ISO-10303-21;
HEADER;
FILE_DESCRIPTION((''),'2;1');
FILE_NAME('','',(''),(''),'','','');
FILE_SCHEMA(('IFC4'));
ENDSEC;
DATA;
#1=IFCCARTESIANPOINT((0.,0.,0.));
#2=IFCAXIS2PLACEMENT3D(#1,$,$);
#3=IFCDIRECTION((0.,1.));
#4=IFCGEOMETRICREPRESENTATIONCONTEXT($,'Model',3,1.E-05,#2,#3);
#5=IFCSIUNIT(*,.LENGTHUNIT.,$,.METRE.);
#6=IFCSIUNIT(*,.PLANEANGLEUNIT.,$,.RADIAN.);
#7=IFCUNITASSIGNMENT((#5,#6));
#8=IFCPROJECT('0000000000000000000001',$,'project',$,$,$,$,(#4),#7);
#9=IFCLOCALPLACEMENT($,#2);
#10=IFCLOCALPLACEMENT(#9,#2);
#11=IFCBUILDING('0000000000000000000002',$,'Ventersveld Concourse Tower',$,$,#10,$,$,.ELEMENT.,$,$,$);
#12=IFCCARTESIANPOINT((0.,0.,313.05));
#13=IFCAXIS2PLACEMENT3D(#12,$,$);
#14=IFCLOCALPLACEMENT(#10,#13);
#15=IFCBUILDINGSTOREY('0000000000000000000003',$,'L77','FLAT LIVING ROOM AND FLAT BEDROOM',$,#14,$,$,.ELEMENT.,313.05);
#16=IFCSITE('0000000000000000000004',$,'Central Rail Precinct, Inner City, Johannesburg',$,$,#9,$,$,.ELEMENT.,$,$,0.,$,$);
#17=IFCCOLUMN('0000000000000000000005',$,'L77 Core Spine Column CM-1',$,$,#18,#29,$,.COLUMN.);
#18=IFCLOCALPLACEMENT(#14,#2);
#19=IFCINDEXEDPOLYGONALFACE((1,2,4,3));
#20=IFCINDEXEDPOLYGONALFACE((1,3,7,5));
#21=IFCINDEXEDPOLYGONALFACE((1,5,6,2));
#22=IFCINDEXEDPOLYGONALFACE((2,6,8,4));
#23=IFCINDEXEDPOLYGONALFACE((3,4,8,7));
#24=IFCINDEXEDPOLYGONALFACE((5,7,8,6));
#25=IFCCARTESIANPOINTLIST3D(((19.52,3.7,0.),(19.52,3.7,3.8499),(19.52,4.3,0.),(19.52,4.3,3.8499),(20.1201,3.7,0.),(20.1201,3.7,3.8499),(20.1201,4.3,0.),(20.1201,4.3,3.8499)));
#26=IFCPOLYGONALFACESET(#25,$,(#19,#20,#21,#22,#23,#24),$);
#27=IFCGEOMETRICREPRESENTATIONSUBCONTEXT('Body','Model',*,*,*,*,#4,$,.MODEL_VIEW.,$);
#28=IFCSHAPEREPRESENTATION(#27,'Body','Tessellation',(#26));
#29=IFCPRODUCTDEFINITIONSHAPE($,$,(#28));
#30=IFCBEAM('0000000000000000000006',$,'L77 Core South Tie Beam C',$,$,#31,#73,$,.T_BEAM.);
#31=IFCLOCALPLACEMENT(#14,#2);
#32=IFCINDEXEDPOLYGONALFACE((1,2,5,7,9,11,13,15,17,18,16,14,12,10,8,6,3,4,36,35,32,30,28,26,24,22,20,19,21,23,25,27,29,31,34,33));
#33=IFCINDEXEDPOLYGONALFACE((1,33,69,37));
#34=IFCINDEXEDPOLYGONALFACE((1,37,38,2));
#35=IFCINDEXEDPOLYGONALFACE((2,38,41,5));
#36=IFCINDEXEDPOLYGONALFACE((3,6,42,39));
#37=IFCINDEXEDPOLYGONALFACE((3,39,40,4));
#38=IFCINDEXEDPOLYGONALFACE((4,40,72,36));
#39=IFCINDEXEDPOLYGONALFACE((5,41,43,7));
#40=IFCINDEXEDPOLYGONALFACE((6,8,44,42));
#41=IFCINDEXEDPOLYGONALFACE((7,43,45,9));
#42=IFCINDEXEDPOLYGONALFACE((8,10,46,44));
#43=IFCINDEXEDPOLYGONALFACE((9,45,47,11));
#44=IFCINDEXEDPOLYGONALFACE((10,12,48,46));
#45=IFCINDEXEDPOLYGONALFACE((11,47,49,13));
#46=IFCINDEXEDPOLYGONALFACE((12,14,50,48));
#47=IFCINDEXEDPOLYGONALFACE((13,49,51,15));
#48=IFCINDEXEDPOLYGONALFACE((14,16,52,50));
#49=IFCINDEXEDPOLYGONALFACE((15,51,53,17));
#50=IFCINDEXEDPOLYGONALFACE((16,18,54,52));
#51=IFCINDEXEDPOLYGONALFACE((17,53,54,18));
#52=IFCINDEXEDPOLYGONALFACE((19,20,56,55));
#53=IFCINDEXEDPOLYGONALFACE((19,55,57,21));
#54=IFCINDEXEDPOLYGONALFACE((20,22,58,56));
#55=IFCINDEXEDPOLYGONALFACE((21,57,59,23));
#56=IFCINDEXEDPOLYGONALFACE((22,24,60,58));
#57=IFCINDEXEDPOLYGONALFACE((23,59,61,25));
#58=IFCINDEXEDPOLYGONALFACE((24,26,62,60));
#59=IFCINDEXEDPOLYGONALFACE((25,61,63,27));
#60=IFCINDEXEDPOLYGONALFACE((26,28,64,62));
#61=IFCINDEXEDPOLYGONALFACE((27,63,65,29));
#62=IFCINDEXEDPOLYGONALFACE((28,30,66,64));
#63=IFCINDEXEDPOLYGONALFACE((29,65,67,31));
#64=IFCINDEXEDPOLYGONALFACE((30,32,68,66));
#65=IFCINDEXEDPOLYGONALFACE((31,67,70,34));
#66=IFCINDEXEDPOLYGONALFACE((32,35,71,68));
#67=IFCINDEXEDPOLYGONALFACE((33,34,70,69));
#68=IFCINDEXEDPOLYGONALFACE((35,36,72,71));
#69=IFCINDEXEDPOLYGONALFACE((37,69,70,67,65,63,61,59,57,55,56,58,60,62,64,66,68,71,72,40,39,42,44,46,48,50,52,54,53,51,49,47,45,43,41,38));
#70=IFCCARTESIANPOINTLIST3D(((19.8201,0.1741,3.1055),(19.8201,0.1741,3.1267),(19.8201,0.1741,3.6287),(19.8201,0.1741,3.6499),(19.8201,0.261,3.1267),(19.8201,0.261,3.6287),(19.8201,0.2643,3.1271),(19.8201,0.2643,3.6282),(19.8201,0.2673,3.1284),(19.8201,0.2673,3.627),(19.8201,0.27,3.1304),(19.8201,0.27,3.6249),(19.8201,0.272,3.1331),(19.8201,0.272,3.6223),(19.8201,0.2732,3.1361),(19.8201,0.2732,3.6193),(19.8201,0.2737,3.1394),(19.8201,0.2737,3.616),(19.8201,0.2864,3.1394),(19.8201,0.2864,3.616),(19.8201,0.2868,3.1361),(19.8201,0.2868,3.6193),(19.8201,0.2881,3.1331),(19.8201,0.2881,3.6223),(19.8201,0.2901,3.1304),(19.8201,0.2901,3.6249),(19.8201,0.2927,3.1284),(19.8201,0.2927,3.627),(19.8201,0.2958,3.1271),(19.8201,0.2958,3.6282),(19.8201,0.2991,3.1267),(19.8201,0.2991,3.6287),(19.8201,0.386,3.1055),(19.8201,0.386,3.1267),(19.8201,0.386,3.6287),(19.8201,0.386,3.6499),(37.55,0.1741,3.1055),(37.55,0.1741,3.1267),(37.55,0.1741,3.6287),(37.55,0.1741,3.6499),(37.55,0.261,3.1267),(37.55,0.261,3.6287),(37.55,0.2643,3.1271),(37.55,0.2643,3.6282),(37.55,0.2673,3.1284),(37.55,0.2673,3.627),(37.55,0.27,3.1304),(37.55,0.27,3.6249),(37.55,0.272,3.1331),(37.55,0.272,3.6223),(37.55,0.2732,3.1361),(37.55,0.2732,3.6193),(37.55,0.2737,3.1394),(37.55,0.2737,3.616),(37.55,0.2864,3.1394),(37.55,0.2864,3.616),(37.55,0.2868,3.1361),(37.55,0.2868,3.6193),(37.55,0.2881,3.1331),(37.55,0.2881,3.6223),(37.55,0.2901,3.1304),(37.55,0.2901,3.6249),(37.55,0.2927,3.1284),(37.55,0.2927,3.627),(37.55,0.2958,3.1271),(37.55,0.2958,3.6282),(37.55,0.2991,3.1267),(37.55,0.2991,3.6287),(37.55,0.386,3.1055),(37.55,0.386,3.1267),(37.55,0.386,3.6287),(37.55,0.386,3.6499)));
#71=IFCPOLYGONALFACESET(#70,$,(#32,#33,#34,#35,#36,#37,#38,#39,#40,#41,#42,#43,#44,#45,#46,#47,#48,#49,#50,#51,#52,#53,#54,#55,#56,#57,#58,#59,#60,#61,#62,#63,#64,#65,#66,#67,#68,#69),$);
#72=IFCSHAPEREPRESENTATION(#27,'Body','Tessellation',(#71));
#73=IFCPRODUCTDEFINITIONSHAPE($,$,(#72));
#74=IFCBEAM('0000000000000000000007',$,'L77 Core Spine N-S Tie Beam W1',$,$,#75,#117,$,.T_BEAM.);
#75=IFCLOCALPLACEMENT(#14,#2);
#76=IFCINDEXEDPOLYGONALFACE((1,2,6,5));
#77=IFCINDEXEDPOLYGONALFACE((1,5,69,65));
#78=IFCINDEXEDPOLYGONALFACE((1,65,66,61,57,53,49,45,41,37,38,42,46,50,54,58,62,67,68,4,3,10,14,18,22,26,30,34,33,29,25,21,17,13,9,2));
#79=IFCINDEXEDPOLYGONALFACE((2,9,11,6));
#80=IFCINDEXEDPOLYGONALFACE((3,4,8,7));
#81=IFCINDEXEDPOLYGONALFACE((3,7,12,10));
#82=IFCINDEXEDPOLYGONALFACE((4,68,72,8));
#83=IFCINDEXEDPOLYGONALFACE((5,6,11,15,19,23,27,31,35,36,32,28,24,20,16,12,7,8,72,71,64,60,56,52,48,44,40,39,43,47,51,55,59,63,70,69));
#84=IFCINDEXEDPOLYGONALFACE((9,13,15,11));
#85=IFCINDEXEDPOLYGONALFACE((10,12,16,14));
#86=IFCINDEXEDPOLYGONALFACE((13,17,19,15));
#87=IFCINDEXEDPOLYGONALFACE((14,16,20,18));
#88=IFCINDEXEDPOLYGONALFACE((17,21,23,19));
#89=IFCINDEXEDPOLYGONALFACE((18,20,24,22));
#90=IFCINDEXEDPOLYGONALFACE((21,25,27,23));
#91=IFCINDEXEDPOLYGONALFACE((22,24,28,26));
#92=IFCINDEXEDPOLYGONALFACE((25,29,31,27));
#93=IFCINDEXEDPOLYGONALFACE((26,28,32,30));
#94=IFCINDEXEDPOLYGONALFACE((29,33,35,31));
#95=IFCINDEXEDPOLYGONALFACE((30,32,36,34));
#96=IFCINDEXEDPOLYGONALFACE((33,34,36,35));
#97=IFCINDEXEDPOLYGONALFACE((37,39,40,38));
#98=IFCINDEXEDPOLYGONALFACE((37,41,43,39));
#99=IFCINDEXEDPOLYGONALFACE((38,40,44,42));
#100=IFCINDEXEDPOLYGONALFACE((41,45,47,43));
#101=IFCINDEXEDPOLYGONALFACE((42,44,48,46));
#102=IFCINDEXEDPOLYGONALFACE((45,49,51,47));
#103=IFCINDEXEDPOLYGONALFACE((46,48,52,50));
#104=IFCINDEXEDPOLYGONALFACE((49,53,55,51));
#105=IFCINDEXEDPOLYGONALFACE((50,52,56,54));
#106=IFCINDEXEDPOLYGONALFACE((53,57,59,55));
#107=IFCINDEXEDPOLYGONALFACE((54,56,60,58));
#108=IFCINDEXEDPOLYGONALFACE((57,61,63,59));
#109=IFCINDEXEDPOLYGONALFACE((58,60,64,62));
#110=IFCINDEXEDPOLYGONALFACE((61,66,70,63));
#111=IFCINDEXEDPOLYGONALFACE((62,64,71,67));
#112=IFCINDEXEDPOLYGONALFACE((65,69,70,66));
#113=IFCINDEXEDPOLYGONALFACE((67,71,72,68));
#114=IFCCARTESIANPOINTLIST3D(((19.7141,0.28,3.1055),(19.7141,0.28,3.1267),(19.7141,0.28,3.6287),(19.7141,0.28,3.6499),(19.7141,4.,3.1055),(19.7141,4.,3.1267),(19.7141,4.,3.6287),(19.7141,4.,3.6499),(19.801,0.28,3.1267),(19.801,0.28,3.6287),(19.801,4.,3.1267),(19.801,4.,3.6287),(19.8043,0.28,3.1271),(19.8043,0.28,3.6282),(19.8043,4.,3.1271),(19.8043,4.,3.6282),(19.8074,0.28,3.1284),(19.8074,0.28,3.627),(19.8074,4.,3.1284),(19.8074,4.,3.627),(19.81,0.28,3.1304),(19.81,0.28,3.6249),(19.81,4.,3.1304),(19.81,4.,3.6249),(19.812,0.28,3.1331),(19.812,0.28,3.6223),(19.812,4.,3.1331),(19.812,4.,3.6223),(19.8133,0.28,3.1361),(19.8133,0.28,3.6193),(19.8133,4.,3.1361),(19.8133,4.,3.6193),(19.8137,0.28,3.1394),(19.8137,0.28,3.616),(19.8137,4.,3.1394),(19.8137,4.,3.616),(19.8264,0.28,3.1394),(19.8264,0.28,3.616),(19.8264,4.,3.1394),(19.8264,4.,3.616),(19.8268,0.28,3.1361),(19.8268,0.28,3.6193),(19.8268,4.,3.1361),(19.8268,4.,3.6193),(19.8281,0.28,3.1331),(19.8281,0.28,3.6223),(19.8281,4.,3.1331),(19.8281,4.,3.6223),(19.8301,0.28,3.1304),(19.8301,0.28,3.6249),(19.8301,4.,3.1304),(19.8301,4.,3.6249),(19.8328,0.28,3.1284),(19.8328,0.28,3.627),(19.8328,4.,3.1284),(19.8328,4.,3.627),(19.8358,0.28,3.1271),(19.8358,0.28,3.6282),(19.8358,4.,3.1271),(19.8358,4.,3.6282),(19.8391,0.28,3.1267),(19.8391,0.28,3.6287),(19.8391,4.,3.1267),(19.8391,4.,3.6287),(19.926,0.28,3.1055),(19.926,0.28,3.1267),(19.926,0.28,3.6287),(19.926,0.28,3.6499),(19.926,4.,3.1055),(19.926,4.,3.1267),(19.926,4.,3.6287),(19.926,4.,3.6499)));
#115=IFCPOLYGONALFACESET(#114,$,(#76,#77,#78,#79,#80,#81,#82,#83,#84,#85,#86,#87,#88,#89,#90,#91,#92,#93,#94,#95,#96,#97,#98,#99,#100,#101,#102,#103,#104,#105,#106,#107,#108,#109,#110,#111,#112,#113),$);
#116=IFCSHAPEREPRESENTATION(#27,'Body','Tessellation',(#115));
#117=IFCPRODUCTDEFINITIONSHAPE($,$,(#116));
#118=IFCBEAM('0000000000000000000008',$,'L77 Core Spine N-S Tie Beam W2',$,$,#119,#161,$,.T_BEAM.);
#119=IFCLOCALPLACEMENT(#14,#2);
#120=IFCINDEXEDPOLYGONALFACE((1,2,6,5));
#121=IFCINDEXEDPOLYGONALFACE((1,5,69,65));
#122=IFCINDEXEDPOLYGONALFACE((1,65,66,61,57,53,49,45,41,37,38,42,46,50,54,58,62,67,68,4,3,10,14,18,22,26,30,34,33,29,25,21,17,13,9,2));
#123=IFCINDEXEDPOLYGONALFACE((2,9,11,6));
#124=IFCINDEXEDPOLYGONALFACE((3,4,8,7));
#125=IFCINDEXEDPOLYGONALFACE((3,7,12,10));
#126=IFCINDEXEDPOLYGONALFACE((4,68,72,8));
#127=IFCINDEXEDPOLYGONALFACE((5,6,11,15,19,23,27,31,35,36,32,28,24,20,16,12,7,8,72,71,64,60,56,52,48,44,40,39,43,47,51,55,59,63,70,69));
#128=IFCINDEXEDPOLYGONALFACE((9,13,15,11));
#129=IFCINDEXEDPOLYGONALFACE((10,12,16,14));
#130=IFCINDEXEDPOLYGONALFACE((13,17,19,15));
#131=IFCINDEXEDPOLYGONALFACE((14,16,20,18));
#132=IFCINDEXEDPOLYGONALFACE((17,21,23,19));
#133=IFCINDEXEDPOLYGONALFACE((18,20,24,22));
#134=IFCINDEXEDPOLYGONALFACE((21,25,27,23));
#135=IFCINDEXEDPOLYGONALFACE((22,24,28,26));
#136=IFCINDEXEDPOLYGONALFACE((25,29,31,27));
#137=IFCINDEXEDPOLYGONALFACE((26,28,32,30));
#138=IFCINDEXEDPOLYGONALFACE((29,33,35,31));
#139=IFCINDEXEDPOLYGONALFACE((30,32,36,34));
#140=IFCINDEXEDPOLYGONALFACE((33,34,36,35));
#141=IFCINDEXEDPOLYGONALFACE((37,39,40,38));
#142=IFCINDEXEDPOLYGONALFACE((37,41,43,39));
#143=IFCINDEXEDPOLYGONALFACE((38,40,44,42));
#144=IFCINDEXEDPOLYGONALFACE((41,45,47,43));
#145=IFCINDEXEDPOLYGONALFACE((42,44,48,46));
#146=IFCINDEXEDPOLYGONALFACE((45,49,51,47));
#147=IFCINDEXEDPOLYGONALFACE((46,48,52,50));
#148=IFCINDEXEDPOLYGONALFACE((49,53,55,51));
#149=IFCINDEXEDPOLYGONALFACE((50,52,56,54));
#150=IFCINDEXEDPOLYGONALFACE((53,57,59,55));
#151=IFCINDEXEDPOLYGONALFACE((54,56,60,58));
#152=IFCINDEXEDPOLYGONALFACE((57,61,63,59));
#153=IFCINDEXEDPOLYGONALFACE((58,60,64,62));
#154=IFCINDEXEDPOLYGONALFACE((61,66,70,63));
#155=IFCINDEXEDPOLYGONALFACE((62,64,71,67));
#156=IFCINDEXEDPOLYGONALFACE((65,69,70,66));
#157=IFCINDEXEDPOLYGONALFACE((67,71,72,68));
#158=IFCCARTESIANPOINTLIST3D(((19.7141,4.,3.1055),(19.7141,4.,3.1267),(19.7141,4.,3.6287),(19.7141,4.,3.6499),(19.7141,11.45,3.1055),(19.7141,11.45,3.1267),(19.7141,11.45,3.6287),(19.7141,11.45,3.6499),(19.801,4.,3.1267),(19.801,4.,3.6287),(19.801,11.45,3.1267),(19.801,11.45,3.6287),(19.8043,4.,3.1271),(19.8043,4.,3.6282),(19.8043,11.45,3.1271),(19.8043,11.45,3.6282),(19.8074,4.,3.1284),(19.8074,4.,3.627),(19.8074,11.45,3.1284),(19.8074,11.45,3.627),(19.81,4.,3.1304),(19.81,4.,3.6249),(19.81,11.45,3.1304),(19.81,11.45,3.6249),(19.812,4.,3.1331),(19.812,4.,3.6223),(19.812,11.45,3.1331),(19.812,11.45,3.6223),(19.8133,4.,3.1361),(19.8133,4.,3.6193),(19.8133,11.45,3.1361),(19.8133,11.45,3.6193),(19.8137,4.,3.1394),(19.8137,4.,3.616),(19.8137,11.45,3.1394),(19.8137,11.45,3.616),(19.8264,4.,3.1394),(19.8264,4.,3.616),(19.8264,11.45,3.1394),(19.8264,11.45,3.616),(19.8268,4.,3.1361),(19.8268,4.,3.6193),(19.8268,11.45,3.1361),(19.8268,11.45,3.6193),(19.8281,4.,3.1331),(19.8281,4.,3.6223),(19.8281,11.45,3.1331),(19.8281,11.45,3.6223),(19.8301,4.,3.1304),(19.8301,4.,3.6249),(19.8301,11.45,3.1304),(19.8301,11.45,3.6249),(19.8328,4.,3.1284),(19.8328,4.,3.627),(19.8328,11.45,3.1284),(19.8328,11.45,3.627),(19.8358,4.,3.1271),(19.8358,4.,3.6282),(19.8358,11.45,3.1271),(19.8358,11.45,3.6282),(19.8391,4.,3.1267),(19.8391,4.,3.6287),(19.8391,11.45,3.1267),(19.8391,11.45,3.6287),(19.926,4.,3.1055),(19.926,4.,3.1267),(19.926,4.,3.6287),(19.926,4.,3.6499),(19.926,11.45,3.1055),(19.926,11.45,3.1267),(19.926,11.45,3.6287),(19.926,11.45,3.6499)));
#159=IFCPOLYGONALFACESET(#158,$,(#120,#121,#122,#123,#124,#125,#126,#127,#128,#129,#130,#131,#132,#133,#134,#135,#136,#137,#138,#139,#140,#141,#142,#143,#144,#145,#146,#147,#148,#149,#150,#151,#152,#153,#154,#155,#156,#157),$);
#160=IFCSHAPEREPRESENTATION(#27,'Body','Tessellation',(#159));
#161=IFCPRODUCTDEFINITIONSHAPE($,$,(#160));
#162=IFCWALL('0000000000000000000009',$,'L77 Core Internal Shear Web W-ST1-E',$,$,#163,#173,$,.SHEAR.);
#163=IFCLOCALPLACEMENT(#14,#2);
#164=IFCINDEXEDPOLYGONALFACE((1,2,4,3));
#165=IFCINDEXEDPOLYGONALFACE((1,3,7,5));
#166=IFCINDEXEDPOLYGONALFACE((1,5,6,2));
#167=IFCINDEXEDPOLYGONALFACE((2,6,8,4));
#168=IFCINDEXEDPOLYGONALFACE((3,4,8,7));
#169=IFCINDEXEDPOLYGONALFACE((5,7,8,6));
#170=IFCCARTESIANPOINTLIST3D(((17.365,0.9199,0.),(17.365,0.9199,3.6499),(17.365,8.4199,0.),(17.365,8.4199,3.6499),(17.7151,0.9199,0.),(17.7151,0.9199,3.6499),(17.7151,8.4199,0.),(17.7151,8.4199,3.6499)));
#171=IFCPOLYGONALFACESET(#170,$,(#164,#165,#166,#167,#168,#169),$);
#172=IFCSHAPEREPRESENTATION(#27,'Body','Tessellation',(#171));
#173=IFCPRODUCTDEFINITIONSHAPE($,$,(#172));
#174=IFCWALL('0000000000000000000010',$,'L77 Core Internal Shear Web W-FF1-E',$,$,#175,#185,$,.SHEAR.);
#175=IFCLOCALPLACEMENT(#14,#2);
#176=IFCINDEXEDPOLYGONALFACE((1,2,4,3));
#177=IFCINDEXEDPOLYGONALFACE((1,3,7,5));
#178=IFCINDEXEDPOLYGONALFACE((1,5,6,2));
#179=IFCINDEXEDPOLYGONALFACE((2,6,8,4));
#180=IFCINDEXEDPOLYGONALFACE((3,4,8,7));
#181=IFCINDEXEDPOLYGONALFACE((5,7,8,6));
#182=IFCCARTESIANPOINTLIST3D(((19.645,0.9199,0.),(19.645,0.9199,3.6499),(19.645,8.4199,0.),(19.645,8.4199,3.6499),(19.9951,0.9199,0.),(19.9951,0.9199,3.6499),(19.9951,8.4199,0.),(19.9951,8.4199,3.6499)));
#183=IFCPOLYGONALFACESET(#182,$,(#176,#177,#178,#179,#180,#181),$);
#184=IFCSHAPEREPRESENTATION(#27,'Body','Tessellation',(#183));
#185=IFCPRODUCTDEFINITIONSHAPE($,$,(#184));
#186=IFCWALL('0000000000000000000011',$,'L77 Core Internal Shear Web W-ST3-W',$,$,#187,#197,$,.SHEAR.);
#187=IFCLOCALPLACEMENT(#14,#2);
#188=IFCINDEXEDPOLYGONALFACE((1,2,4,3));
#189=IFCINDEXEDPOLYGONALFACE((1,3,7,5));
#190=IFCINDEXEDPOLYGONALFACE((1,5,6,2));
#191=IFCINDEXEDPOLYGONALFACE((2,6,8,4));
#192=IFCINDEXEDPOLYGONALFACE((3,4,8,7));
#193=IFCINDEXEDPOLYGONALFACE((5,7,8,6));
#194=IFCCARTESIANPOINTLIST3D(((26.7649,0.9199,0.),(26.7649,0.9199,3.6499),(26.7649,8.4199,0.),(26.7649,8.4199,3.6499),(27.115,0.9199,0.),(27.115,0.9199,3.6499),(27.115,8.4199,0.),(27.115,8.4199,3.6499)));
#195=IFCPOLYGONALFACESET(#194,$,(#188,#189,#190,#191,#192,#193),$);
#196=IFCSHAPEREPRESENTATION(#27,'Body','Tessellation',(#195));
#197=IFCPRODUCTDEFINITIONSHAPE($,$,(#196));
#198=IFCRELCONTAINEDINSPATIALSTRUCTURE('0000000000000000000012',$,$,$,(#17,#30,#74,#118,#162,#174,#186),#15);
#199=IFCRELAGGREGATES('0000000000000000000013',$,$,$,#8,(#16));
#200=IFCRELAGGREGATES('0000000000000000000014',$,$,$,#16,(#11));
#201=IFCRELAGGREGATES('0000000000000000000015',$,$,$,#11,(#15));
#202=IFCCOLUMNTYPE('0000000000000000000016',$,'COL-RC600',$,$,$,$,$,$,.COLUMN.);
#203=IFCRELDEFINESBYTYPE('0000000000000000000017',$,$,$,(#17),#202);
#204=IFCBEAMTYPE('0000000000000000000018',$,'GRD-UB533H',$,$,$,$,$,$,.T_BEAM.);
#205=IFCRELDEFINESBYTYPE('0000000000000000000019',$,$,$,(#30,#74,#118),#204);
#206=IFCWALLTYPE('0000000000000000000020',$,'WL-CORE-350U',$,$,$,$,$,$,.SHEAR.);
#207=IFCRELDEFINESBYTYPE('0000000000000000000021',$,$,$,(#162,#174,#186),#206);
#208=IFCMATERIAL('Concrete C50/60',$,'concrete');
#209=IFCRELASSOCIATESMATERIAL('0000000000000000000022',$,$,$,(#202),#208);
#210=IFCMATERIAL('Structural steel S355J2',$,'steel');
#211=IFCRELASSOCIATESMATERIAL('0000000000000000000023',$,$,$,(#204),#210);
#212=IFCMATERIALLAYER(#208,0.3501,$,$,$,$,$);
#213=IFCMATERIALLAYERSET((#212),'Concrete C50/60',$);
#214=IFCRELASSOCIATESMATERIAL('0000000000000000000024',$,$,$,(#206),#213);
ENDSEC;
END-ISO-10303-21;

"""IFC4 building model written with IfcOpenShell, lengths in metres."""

from ifc_helpers import new_model, si_unit, direction, frame, frame_2d, origin, origin_2d, place, context, subcontext, project, spatial, rectangle, i_section, extrude, material, layer, layer_set, material_profile, profile_set, type_object, element, save


model = new_model("IFC4")

# Units and contexts
model_context = context("Model", 3, precision=1e-05, world=origin(), true_north=direction((0.0, 1.0)))
body_context = subcontext(model_context, "Body", "Model", "MODEL_VIEW")
ifc_project = project(units=[si_unit("LENGTHUNIT", "METRE"), si_unit("PLANEANGLEUNIT", "RADIAN")], contexts=[model_context])

# Site, building, storey
site_placement = place(None, origin())
site = spatial("IfcSite", under=ifc_project, at=site_placement, Name="Central Rail Precinct, Inner City, Johannesburg", CompositionType="ELEMENT", RefElevation=0.0)
building_placement = place(site_placement, origin())
building = spatial("IfcBuilding", under=site, at=building_placement, Name="Ventersveld Concourse Tower", CompositionType="ELEMENT")
storey_placement = place(building_placement, frame((0.0, 0.0, 313.05)))
storey = spatial("IfcBuildingStorey", under=building, at=storey_placement, Name="L77", Description="FLAT LIVING ROOM AND FLAT BEDROOM", CompositionType="ELEMENT", Elevation=313.05)

# Column
ifc_material_1 = material(Name="Concrete C50/60", Category="concrete")
ifc_material_profile_1 = material_profile(ifc_material_1, rectangle(XDim=0.6001, YDim=0.6001, at=origin_2d()), Name="RC 600x600")
ifc_profile_set_1 = profile_set([ifc_material_profile_1], Name="Concrete C50/60")
column_type = type_object("IfcColumnType", Name="COL-RC600", PredefinedType="COLUMN", material=ifc_profile_set_1)
column_placement = place(storey_placement, frame((19.8201, 4.0, 0.0), z_axis=(0.0, 0.0, 1.0), x_axis=(1.0, 0.0, 0.0)))
element("IfcColumn", 1, at=column_placement, inside=storey, type_object=column_type, Name="L77 Core Spine Column CM-1", PredefinedType="COLUMN", context=body_context, shape_type="SweptSolid", body=[
    extrude(rectangle(XDim=0.6001, YDim=0.6001, at=origin_2d()), origin(), (0.0, 0.0, 1.0), 3.8499),
])

# Beams
ifc_material_2 = material(Name="Structural steel S355J2", Category="steel")
ifc_material_profile_2 = material_profile(ifc_material_2, i_section(OverallWidth=0.2119, OverallDepth=0.5444, WebThickness=0.0127, FlangeThickness=0.0212, FilletRadius=0.0127, at=origin_2d()), Name="UB 533x210x122")
ifc_profile_set_2 = profile_set([ifc_material_profile_2], Name="Structural steel S355J2")
beam_type = type_object("IfcBeamType", Name="GRD-UB533H", PredefinedType="T_BEAM", material=ifc_profile_set_2)
beam_1_placement = place(storey_placement, frame((19.8201, 0.28, 3.3777), z_axis=(1.0, 0.0, 0.0), x_axis=(0.0, 1.0, 0.0)))
element("IfcBeam", 2, at=beam_1_placement, inside=storey, type_object=beam_type, Name="L77 Core South Tie Beam C", PredefinedType="T_BEAM", context=body_context, shape_type="SweptSolid", body=[
    extrude(i_section(OverallWidth=0.2119, OverallDepth=0.5444, WebThickness=0.0127, FlangeThickness=0.0212, FilletRadius=0.0127, at=origin_2d()), origin(), (0.0, 0.0, 1.0), 17.73),
])
beam_2_placement = place(storey_placement, frame((19.8201, 0.28, 3.3777), z_axis=(0.0, 1.0, 0.0), x_axis=(-1.0, 0.0, 0.0)))
element("IfcBeam", 3, at=beam_2_placement, inside=storey, type_object=beam_type, Name="L77 Core Spine N-S Tie Beam W1", PredefinedType="T_BEAM", context=body_context, shape_type="SweptSolid", body=[
    extrude(i_section(OverallWidth=0.2119, OverallDepth=0.5444, WebThickness=0.0127, FlangeThickness=0.0212, FilletRadius=0.0127, at=origin_2d()), origin(), (0.0, 0.0, 1.0), 3.72),
])
beam_3_placement = place(storey_placement, frame((19.8201, 4.0, 3.3777), z_axis=(0.0, 1.0, 0.0), x_axis=(-1.0, 0.0, 0.0)))
element("IfcBeam", 4, at=beam_3_placement, inside=storey, type_object=beam_type, Name="L77 Core Spine N-S Tie Beam W2", PredefinedType="T_BEAM", context=body_context, shape_type="SweptSolid", body=[
    extrude(i_section(OverallWidth=0.2119, OverallDepth=0.5444, WebThickness=0.0127, FlangeThickness=0.0212, FilletRadius=0.0127, at=origin_2d()), origin(), (0.0, 0.0, 1.0), 7.45),
])

# Walls
ifc_layer_1 = layer(ifc_material_1, 0.3501)
ifc_layer_set_1 = layer_set([ifc_layer_1], Name="Concrete C50/60")
wall_type_1 = type_object("IfcWallType", Name="WL-CORE-350U", PredefinedType="SHEAR", material=ifc_layer_set_1)
for number, where, z_axis, x_axis, name in (
    (5, (17.54, 0.9199, 0.0), (0.0, 0.0, 1.0), (0.0, 1.0, 0.0), "L77 Core Internal Shear Web W-ST1-E"),
    (6, (19.8201, 0.9199, 0.0), (0.0, 0.0, 1.0), (0.0, 1.0, 0.0), "L77 Core Internal Shear Web W-FF1-E"),
    (7, (26.9399, 0.9199, 0.0), (0.0, 0.0, 1.0), (0.0, 1.0, 0.0), "L77 Core Internal Shear Web W-ST3-W"),
):
    element("IfcWall", number, at=place(storey_placement, frame(where, z_axis=z_axis, x_axis=x_axis)), inside=storey, type_object=wall_type_1, Name=name, PredefinedType="SHEAR", context=body_context, shape_type="SweptSolid", body=[
        extrude(rectangle(XDim=7.5, YDim=0.3501, at=frame_2d((3.75, 0.0))), origin(), (0.0, 0.0, 1.0), 3.6499),
    ])

save(model, "model.ifc")
